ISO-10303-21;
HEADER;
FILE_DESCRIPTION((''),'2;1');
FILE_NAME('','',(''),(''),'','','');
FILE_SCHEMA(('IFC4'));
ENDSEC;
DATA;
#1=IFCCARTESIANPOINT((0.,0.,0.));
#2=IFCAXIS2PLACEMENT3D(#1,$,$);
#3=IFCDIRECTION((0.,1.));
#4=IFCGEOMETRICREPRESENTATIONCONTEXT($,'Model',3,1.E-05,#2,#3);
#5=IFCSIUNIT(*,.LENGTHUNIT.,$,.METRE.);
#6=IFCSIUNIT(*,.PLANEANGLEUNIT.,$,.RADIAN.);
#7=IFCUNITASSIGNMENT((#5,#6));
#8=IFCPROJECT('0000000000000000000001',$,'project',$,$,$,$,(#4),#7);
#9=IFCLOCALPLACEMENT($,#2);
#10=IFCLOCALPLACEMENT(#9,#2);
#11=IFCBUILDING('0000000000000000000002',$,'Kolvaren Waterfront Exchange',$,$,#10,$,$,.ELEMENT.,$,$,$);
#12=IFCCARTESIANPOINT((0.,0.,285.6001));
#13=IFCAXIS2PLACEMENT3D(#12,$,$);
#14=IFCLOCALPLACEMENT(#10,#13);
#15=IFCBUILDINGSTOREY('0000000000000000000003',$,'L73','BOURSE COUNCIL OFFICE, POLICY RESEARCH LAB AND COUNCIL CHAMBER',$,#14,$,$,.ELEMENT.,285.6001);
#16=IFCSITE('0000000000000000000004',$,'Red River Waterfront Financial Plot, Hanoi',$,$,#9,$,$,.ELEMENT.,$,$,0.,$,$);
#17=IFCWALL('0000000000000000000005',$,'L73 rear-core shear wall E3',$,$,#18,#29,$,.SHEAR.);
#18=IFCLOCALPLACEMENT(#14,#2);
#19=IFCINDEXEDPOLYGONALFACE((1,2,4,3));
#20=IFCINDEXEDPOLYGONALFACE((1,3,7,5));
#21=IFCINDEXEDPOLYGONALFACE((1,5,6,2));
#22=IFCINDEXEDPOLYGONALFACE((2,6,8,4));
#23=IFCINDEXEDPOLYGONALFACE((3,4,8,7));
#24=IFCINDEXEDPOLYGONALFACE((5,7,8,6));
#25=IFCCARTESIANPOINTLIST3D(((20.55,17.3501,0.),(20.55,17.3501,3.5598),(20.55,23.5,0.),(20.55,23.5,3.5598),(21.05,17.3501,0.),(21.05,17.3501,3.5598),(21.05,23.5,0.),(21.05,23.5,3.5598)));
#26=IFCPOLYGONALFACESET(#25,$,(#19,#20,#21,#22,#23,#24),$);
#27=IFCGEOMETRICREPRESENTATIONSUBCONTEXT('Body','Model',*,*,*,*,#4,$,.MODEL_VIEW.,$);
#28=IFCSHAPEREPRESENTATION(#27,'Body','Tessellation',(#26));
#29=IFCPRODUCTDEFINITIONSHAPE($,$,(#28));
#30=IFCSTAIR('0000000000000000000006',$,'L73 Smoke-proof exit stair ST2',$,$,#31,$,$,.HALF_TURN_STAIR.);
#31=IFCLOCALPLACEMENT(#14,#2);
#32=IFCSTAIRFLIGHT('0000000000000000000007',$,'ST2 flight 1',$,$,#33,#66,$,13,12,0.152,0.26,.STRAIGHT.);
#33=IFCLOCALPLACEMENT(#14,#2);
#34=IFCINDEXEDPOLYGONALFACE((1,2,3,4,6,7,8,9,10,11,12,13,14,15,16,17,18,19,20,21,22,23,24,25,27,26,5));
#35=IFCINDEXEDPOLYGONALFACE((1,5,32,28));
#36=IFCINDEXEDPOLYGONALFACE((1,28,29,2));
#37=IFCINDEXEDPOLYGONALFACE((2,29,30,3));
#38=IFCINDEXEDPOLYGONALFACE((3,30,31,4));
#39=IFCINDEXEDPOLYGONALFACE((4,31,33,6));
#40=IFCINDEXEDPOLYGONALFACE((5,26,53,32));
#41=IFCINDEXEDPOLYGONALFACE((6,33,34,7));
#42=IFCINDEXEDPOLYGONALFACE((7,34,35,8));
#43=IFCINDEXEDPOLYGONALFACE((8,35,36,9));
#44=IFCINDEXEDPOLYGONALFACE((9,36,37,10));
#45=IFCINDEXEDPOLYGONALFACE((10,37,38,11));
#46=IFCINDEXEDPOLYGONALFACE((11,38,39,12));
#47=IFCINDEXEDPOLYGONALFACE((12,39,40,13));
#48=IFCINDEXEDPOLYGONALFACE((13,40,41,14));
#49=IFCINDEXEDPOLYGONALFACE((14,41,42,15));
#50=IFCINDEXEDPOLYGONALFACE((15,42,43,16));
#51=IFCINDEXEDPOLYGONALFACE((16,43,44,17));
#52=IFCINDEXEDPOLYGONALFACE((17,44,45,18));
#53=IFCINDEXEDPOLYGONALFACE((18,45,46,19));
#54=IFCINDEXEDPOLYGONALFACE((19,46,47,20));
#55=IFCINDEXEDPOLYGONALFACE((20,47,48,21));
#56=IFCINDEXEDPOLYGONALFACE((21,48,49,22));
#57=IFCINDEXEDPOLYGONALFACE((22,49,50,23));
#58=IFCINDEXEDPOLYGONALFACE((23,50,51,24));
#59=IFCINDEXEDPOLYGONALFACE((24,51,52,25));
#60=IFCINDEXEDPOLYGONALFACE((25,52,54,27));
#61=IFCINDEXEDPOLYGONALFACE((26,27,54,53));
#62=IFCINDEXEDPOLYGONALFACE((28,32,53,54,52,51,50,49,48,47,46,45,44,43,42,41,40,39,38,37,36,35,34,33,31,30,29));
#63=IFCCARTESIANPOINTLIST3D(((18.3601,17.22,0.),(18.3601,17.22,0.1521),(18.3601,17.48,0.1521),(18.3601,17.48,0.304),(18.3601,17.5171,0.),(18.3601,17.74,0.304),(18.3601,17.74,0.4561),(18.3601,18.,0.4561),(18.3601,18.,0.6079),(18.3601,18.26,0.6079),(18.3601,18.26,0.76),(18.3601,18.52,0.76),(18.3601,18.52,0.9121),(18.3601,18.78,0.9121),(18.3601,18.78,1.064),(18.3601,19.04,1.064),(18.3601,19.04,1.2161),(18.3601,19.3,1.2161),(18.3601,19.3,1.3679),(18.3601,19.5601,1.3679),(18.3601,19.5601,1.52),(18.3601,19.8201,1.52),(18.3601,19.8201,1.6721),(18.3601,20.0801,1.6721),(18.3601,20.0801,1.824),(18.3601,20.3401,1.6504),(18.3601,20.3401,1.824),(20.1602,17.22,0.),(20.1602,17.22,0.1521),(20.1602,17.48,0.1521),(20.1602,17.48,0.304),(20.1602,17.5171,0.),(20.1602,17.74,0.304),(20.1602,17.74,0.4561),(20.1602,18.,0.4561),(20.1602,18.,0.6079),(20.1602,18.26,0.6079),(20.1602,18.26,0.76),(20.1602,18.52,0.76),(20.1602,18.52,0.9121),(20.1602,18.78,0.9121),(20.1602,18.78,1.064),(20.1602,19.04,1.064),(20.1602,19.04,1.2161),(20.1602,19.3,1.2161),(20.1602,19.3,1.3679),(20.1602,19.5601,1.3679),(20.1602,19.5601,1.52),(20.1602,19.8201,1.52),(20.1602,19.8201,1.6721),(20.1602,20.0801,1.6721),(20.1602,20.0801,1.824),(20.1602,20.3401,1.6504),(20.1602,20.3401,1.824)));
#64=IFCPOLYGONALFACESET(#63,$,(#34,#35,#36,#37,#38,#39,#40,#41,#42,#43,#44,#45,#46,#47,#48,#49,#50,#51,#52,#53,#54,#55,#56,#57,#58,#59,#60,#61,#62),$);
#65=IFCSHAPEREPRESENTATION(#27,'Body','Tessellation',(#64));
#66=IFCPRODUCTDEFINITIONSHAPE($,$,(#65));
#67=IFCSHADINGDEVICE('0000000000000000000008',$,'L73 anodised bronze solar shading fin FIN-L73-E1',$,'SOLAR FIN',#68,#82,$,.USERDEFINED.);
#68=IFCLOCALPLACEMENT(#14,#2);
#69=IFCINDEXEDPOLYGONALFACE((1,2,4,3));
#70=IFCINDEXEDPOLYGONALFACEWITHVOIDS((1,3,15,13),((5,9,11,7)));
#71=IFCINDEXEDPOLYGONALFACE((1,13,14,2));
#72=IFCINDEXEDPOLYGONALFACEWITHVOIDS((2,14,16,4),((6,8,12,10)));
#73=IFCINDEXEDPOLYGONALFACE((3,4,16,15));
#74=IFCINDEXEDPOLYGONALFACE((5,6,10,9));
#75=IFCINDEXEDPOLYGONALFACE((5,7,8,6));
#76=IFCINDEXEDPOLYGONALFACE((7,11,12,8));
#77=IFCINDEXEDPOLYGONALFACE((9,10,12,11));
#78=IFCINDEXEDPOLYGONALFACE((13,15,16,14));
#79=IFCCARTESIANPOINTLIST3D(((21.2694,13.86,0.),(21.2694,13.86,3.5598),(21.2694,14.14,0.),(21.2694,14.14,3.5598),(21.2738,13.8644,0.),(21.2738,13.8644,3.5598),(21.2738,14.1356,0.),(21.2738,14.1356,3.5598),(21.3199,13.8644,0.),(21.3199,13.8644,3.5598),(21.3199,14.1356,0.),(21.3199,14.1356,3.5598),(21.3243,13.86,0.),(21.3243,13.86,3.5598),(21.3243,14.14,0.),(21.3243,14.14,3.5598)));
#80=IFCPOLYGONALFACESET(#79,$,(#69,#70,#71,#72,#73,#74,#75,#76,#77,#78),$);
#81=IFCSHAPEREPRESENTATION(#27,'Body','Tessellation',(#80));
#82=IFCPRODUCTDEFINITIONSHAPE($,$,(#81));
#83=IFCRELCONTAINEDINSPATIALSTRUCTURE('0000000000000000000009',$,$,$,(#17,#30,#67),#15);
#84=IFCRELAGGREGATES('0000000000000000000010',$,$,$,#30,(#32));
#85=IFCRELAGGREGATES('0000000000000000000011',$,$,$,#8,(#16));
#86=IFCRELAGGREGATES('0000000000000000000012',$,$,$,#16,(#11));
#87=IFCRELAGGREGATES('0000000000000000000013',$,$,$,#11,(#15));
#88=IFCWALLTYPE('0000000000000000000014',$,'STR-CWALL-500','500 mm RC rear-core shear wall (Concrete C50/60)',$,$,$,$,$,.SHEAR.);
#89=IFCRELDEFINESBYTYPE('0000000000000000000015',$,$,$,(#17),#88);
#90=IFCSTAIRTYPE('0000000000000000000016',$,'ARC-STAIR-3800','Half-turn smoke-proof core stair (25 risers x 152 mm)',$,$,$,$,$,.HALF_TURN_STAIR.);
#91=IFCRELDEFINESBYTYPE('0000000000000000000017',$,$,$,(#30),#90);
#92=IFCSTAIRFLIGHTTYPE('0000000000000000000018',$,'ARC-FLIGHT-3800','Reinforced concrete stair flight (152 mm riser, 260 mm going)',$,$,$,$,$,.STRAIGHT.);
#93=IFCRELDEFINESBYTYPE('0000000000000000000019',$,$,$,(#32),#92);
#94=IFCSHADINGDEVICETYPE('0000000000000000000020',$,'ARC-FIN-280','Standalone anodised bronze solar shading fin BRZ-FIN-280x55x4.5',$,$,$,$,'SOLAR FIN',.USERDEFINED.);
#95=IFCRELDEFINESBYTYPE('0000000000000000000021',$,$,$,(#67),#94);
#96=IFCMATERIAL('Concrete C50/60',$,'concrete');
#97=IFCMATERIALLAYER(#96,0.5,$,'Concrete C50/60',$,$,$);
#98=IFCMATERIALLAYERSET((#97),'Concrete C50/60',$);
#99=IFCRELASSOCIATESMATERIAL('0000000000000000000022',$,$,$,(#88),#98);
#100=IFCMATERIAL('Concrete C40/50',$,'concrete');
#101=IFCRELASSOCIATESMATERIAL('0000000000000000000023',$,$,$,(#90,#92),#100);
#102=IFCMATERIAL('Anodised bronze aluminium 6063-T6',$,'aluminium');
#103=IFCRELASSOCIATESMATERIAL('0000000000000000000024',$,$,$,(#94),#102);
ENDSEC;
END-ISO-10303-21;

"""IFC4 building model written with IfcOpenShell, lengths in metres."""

from ifc_helpers import new_model, si_unit, direction, frame, frame_2d, origin, origin_2d, place, context, subcontext, project, spatial, polyline, rectangle, hollow_rectangle, outline, extrude, material, layer, layer_set, material_profile, profile_set, type_object, element, aggregate, save


model = new_model("IFC4")

# Units and contexts
model_context = context("Model", 3, precision=1e-05, world=origin(), true_north=direction((0.0, 1.0)))
body_context = subcontext(model_context, "Body", "Model", "MODEL_VIEW")
ifc_project = project(units=[si_unit("LENGTHUNIT", "METRE"), si_unit("PLANEANGLEUNIT", "RADIAN")], contexts=[model_context])

# Site, building, storey
site_placement = place(None, origin())
site = spatial("IfcSite", under=ifc_project, at=site_placement, Name="Red River Waterfront Financial Plot, Hanoi", CompositionType="ELEMENT", RefElevation=0.0)
building_placement = place(site_placement, origin())
building = spatial("IfcBuilding", under=site, at=building_placement, Name="Kolvaren Waterfront Exchange", CompositionType="ELEMENT")
storey_placement = place(building_placement, frame((0.0, 0.0, 285.6001)))
storey = spatial("IfcBuildingStorey", under=building, at=storey_placement, Name="L73", Description="BOURSE COUNCIL OFFICE, POLICY RESEARCH LAB AND COUNCIL CHAMBER", CompositionType="ELEMENT", Elevation=285.6001)

# Shared definitions
ifc_material_1 = material(Name="Concrete C50/60", Category="concrete")

# Wall
ifc_material_2 = material(Name="Concrete C40/50", Category="concrete")
ifc_layer_1 = layer(ifc_material_1, 0.5, Name="Concrete C50/60")
ifc_layer_set_1 = layer_set([ifc_layer_1], Name="Concrete C50/60")
wall_type_1 = type_object("IfcWallType", Name="STR-CWALL-500", Description="500 mm RC rear-core shear wall (Concrete C50/60)", PredefinedType="SHEAR", material=ifc_layer_set_1)
wall_1_placement = place(storey_placement, frame((20.8, 17.3501, 0.0), z_axis=(0.0, 0.0, 1.0), x_axis=(0.0, 1.0, 0.0)))
element("IfcWall", 1, at=wall_1_placement, inside=storey, type_object=wall_type_1, Name="L73 rear-core shear wall E3", PredefinedType="SHEAR", context=body_context, shape_type="SweptSolid", body=[
    extrude(rectangle(XDim=6.1499, YDim=0.5, at=frame_2d((3.075, 0.0))), origin(), (0.0, 0.0, 1.0), 3.5598),
])

# Stair, stair flight
stair_type = type_object("IfcStairType", Name="ARC-STAIR-3800", Description="Half-turn smoke-proof core stair (25 risers x 152 mm)", PredefinedType="HALF_TURN_STAIR", material=ifc_material_2)
stair_placement = place(storey_placement, origin())
stair = element("IfcStair", 2, at=stair_placement, inside=storey, type_object=stair_type, Name="L73 Smoke-proof exit stair ST2", PredefinedType="HALF_TURN_STAIR")
stair_flight_type = type_object("IfcStairFlightType", Name="ARC-FLIGHT-3800", Description="Reinforced concrete stair flight (152 mm riser, 260 mm going)", PredefinedType="STRAIGHT", material=ifc_material_2)
stair_flight_placement = place(storey_placement, frame((19.26, 17.22, 0.0), z_axis=(0.0, 0.0, 1.0), x_axis=(0.0, 1.0, 0.0)))
stair_flight = element("IfcStairFlight", 3, at=stair_flight_placement, type_object=stair_flight_type, Name="ST2 flight 1", NumberOfRisers=13, NumberOfTreads=12, PredefinedType="STRAIGHT", RiserHeight=0.152, TreadLength=0.26, context=body_context, shape_type="SweptSolid", body=[
    extrude(outline(polyline([(0.0, 0.0), (0.0, 0.1521), (0.26, 0.1521), (0.26, 0.304), (0.52, 0.304), (0.52, 0.4561), (0.78, 0.4561), (0.78, 0.6079), (1.04, 0.6079), (1.04, 0.76), (1.3, 0.76), (1.3, 0.9121), (1.5601, 0.9121), (1.5601, 1.064), (1.8201, 1.064), (1.8201, 1.2161), (2.0801, 1.2161), (2.0801, 1.3679), (2.3401, 1.3679), (2.3401, 1.52), (2.6001, 1.52), (2.6001, 1.6721), (2.8601, 1.6721), (2.8601, 1.824), (3.1201, 1.824), (3.1201, 1.9761), (3.1201, 1.6504), (0.2971, 0.0), (0.0, 0.0)])), frame((0.0, 0.8999, 0.0), z_axis=(0.0, -1.0, 0.0), x_axis=(1.0, 0.0, 0.0)), (0.0, 0.0, 1.0), 1.8),
])
aggregate(stair, [stair_flight])

# Shading device
ifc_material_3 = material(Name="Anodised bronze aluminium 6063-T6", Category="aluminium")
ifc_material_profile_1 = material_profile(ifc_material_3, hollow_rectangle(XDim=0.0549, YDim=0.28, WallThickness=0.0044, at=origin_2d()), Name="BRZ-FIN-280x55x4.5")
ifc_profile_set_1 = profile_set([ifc_material_profile_1], Name="Anodised bronze aluminium 6063-T6")
shading_device_type = type_object("IfcShadingDeviceType", Name="ARC-FIN-280", Description="Standalone anodised bronze solar shading fin BRZ-FIN-280x55x4.5", ElementType="SOLAR FIN", PredefinedType="USERDEFINED", material=ifc_profile_set_1)
shading_device_placement = place(storey_placement, frame((21.2969, 14.0, 0.0), z_axis=(0.0, 0.0, 1.0), x_axis=(1.0, 0.0, 0.0)))
element("IfcShadingDevice", 4, at=shading_device_placement, inside=storey, type_object=shading_device_type, Name="L73 anodised bronze solar shading fin FIN-L73-E1", ObjectType="SOLAR FIN", PredefinedType="USERDEFINED", context=body_context, shape_type="SweptSolid", body=[
    extrude(hollow_rectangle(XDim=0.0549, YDim=0.28, WallThickness=0.0044, at=origin_2d()), origin(), (0.0, 0.0, 1.0), 3.5598),
])

save(model, "model.ifc")
